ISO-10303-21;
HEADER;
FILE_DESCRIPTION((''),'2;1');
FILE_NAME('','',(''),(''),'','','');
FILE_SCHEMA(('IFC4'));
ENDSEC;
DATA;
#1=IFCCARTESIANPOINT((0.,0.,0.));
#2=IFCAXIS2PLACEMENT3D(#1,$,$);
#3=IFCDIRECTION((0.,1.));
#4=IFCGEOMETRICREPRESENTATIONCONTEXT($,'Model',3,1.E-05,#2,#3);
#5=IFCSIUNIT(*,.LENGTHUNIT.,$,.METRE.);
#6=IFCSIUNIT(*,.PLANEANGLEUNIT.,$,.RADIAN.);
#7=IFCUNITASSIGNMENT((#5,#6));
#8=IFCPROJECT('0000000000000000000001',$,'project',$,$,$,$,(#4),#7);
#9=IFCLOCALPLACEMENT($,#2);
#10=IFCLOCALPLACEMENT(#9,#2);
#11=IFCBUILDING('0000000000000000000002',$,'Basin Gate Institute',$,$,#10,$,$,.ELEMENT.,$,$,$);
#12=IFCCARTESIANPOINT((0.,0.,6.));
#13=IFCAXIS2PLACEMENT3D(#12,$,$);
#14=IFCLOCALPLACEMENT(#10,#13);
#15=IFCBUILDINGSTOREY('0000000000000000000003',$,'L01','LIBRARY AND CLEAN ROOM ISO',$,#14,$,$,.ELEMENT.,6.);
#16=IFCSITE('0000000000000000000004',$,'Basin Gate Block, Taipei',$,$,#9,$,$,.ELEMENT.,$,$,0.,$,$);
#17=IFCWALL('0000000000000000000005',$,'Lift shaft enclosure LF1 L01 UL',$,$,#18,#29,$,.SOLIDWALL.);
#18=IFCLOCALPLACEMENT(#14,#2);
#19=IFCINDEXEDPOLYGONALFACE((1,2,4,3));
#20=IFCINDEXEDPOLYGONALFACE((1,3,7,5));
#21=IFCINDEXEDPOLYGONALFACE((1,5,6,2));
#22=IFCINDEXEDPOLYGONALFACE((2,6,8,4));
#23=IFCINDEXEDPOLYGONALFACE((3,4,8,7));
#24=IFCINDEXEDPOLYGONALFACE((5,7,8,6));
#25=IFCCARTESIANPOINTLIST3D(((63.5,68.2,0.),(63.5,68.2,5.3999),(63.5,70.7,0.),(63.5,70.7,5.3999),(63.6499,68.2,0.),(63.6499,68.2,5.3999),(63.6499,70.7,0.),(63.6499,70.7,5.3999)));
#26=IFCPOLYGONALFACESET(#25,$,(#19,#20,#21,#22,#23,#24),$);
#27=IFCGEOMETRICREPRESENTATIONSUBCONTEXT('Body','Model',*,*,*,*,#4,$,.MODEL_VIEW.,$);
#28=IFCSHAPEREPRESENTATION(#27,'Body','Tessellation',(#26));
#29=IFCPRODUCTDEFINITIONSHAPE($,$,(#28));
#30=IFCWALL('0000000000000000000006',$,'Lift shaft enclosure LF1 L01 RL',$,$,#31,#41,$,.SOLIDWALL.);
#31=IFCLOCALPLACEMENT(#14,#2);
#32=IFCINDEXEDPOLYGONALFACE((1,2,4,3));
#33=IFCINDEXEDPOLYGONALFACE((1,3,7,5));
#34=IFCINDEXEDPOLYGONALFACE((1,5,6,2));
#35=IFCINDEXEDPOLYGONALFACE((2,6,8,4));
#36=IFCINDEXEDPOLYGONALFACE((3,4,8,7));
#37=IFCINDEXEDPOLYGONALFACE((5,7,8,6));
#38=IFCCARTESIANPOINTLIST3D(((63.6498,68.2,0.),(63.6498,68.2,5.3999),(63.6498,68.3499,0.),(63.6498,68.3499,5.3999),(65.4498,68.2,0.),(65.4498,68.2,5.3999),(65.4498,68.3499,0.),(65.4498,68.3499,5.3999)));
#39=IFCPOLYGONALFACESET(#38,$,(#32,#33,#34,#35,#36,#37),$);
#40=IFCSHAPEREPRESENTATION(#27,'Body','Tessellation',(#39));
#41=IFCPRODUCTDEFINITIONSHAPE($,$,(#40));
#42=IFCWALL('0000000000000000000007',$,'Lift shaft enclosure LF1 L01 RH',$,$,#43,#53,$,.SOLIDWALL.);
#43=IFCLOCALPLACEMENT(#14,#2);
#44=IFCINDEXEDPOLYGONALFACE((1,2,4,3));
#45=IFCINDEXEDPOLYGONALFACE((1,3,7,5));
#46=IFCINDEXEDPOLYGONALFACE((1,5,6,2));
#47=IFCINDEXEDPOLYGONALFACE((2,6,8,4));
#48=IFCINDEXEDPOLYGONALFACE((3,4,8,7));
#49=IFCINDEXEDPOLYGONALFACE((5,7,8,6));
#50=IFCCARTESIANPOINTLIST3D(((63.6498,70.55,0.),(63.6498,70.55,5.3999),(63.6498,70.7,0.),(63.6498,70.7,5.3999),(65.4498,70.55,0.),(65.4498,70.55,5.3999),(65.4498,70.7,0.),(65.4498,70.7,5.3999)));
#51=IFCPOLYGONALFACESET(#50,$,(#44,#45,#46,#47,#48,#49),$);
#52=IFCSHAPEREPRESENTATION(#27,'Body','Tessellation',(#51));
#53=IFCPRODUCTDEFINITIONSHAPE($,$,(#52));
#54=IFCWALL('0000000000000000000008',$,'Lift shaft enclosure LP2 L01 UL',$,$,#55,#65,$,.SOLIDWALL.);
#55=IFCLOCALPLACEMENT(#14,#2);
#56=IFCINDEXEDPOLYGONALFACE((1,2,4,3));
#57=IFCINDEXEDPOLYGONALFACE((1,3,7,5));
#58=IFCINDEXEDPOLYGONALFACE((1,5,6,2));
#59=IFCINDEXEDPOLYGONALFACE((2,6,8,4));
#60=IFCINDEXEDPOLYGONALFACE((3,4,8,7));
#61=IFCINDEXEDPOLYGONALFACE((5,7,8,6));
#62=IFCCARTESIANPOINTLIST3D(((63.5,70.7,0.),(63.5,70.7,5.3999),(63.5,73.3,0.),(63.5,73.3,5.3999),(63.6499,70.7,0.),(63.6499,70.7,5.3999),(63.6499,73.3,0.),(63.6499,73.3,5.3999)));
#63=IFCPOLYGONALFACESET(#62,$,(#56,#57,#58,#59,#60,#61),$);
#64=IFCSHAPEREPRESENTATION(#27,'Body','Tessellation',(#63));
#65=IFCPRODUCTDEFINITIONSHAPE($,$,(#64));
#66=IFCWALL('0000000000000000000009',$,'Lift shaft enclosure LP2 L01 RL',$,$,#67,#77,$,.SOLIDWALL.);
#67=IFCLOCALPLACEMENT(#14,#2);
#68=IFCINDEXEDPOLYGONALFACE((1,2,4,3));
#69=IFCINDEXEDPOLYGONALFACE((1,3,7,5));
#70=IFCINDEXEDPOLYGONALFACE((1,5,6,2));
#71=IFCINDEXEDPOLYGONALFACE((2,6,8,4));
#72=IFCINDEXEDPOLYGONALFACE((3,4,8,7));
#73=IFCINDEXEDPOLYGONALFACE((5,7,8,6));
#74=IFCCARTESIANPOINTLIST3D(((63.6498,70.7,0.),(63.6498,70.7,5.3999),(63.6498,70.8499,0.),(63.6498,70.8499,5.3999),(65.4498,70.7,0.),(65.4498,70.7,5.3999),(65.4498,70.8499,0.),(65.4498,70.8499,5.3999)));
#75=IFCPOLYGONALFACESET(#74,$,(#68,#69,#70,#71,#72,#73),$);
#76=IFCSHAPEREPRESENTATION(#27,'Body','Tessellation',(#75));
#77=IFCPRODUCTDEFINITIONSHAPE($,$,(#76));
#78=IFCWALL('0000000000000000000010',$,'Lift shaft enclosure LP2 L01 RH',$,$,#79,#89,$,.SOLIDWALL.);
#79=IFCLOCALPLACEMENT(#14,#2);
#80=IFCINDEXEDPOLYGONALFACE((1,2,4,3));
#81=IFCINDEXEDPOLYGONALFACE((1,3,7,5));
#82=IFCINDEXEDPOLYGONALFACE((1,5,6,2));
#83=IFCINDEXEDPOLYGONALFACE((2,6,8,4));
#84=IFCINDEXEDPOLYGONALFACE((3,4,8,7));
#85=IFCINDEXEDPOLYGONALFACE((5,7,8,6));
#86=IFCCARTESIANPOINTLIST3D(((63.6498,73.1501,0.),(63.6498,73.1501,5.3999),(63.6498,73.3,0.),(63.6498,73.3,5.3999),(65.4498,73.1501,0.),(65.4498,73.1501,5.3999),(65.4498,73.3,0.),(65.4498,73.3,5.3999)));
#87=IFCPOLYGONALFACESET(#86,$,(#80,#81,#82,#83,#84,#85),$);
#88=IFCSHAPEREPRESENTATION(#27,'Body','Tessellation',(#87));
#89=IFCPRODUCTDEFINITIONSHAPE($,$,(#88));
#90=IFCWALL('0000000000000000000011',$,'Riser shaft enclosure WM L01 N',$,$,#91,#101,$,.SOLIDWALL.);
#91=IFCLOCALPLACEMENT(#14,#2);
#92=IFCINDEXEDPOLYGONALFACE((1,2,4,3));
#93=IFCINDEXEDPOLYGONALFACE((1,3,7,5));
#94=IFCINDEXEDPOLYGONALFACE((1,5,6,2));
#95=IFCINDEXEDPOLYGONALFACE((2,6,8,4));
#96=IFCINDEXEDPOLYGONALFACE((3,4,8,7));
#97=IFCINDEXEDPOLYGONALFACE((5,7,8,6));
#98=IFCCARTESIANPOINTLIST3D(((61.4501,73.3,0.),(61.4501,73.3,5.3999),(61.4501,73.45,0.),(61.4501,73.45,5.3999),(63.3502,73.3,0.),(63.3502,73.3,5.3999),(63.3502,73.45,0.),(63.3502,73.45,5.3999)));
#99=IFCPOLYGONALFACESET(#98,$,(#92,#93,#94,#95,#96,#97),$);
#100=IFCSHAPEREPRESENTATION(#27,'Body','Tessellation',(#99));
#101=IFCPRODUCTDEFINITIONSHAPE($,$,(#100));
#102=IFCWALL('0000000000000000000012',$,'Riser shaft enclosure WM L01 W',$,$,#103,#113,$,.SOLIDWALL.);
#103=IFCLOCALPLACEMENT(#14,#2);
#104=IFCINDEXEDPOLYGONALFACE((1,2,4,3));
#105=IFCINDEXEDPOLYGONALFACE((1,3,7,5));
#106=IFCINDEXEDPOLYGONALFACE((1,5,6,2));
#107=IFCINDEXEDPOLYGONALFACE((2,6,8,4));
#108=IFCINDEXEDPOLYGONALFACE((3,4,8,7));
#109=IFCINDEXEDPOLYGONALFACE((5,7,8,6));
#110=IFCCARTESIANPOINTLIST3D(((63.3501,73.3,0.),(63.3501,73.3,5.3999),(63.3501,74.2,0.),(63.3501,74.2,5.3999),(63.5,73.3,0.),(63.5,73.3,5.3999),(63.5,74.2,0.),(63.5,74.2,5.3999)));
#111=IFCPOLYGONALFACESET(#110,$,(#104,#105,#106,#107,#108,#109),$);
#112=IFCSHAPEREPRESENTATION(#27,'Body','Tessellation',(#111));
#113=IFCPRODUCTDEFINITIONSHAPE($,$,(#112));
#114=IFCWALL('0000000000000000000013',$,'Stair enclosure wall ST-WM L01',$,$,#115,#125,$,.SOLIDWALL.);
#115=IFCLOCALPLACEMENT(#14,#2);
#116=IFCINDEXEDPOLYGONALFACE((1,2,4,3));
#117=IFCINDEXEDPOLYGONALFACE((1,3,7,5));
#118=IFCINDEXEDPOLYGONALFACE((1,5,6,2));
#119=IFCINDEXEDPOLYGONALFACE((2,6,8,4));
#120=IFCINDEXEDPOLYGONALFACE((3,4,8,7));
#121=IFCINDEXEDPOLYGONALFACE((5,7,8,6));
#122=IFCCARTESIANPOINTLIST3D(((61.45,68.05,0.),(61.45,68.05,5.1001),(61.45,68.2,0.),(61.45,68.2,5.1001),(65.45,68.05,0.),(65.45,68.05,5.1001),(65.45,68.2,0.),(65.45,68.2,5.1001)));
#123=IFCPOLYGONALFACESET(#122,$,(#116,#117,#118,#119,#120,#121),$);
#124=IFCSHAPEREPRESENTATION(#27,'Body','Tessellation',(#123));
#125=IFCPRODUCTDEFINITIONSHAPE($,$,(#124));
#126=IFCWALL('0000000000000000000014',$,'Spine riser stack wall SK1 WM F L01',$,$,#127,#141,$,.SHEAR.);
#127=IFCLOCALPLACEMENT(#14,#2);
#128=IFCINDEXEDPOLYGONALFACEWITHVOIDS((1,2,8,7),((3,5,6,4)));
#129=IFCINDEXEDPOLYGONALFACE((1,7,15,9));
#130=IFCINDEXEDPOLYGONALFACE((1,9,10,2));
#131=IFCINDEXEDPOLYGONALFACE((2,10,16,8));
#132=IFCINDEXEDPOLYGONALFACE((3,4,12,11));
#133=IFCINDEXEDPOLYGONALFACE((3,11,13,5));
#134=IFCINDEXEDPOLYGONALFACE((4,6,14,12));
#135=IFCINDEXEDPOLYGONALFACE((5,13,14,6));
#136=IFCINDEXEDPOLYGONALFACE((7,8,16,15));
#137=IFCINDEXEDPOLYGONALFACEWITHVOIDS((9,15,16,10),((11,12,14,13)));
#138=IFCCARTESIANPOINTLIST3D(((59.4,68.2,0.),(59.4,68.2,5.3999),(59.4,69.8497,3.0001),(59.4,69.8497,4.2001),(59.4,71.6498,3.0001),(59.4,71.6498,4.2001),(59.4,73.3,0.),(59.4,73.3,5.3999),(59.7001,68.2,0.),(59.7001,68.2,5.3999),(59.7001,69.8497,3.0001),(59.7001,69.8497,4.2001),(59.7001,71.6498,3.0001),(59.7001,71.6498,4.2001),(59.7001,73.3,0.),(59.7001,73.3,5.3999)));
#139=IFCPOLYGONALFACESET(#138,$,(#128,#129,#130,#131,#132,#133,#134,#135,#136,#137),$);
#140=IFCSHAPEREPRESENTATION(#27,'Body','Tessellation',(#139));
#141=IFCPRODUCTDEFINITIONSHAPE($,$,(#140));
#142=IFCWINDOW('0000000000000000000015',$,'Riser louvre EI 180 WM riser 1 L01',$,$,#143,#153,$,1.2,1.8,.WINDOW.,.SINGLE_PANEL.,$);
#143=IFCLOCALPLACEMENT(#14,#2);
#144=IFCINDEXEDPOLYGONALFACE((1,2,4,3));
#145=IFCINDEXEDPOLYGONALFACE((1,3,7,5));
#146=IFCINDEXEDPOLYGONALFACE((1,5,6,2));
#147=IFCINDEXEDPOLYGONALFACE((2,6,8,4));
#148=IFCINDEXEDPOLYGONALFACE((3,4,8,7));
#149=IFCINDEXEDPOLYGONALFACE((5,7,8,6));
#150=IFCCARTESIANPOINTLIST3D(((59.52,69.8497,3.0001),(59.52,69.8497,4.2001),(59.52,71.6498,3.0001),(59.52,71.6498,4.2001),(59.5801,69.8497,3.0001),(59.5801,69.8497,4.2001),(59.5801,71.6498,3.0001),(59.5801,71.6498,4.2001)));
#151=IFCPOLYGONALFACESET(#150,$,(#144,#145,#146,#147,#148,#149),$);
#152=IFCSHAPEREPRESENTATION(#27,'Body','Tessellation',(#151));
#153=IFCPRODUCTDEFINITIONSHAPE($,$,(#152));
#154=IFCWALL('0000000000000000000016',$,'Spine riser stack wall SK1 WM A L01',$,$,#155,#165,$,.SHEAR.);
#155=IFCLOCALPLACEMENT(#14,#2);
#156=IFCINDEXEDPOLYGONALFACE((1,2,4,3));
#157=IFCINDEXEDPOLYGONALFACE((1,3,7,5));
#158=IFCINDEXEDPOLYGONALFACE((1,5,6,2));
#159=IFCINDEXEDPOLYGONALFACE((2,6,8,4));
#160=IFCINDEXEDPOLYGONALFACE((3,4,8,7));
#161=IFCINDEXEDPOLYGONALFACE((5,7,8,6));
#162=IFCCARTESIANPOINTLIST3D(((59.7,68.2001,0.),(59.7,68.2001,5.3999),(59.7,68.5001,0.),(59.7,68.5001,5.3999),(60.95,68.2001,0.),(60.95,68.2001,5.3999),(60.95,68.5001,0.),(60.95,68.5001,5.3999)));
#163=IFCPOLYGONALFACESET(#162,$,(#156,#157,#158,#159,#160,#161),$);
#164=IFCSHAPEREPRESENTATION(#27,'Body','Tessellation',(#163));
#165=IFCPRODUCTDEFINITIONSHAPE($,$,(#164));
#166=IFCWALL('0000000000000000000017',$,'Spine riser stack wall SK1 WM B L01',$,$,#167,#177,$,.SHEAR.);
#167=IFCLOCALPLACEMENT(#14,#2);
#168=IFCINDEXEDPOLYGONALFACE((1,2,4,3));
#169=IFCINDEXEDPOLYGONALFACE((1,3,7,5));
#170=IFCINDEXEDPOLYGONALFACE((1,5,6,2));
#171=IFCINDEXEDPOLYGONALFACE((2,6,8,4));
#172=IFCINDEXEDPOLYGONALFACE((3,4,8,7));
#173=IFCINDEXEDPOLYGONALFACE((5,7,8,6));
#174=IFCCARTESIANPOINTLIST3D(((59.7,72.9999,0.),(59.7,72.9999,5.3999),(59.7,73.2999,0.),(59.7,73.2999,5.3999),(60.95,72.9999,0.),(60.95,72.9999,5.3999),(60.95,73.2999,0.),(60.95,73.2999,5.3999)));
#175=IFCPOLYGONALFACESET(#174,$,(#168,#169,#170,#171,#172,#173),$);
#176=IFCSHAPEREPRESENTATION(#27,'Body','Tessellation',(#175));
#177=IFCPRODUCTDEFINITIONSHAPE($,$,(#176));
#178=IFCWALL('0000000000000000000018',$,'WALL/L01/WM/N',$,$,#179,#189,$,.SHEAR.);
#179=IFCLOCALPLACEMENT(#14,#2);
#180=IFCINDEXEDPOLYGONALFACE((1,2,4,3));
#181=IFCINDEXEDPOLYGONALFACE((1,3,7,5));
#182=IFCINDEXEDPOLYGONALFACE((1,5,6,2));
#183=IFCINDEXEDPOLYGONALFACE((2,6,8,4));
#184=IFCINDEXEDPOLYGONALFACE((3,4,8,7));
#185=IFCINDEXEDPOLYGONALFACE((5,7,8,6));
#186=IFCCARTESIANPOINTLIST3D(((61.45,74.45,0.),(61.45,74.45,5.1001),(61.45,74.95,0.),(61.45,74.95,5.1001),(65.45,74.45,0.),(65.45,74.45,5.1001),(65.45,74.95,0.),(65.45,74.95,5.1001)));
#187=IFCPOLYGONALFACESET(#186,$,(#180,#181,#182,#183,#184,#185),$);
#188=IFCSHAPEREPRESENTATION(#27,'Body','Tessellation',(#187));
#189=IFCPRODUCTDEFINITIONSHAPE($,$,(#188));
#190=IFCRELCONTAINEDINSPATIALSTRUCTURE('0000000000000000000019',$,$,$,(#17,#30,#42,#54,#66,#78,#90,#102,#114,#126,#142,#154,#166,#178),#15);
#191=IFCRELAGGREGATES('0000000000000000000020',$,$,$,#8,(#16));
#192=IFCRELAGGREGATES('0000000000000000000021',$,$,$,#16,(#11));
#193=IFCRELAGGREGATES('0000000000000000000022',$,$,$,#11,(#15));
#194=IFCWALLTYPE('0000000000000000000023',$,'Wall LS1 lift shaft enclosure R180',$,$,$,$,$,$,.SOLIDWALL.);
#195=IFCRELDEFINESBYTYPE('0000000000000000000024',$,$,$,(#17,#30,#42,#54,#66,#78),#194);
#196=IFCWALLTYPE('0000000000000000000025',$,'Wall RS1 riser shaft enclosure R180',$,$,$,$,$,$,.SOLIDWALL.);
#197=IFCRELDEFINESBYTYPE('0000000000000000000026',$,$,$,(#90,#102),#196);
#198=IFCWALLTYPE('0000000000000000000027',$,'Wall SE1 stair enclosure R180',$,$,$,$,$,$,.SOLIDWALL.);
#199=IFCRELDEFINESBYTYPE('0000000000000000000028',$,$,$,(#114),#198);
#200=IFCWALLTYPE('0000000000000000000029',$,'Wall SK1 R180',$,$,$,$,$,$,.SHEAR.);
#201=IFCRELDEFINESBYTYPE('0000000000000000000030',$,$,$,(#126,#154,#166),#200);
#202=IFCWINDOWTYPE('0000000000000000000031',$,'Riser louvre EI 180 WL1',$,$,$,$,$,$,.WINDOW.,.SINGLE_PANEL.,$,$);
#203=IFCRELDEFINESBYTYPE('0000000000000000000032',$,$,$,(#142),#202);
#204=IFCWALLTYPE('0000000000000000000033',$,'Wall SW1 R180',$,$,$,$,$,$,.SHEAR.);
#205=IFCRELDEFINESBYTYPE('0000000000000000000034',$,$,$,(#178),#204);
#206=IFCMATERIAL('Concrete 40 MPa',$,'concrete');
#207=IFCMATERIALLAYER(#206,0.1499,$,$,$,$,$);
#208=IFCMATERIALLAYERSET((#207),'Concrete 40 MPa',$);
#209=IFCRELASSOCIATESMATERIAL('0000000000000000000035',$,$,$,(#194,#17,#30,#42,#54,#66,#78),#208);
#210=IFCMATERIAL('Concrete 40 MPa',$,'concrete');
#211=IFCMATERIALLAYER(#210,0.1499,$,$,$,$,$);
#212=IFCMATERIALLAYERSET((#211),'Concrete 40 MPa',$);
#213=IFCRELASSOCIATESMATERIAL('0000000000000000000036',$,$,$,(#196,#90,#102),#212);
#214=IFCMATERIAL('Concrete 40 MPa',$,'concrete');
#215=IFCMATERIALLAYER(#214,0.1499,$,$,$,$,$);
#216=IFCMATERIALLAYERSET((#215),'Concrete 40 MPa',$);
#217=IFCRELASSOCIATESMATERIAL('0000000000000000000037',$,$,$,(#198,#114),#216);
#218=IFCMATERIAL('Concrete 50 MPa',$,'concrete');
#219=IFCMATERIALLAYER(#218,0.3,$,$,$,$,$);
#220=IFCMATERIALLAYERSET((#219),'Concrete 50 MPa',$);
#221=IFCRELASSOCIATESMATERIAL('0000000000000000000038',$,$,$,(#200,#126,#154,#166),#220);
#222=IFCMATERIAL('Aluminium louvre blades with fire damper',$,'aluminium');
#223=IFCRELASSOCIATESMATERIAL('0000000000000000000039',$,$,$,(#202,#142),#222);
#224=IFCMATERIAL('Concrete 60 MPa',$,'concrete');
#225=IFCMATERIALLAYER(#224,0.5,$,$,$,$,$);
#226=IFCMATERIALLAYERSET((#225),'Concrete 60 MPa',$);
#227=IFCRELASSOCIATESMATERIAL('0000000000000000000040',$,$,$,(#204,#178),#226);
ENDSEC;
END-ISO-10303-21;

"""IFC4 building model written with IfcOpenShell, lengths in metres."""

from ifc_helpers import new_model, si_unit, direction, frame, frame_2d, origin, place, context, subcontext, project, spatial, rectangle, extrude, material, layer, layer_set, type_object, element, fill, save


model = new_model("IFC4")

# Units and contexts
model_context = context("Model", 3, precision=1e-05, world=origin(), true_north=direction((0.0, 1.0)))
body_context = subcontext(model_context, "Body", "Model", "MODEL_VIEW")
ifc_project = project(units=[si_unit("LENGTHUNIT", "METRE"), si_unit("PLANEANGLEUNIT", "RADIAN")], contexts=[model_context])

# Site, building, storey
site_placement = place(None, origin())
site = spatial("IfcSite", under=ifc_project, at=site_placement, Name="Basin Gate Block, Taipei", CompositionType="ELEMENT", RefElevation=0.0)
building_placement = place(site_placement, origin())
building = spatial("IfcBuilding", under=site, at=building_placement, Name="Basin Gate Institute", CompositionType="ELEMENT")
storey_placement = place(building_placement, frame((0.0, 0.0, 6.0)))
storey = spatial("IfcBuildingStorey", under=building, at=storey_placement, Name="L01", Description="LIBRARY AND CLEAN ROOM ISO", CompositionType="ELEMENT", Elevation=6.0)

# Walls
ifc_material_1 = material(Name="Concrete 40 MPa", Category="concrete")
ifc_layer_1 = layer(ifc_material_1, 0.1499)
ifc_layer_set_1 = layer_set([ifc_layer_1], Name="Concrete 40 MPa")
wall_type_1 = type_object("IfcWallType", Name="Wall LS1 lift shaft enclosure R180", PredefinedType="SOLIDWALL", material=ifc_layer_set_1)
wall_1_placement = place(storey_placement, frame((63.575, 68.2, 0.0), z_axis=(0.0, 0.0, 1.0), x_axis=(0.0, 1.0, 0.0)))
element("IfcWall", 1, at=wall_1_placement, inside=storey, type_object=wall_type_1, material=ifc_layer_set_1, Name="Lift shaft enclosure LF1 L01 UL", PredefinedType="SOLIDWALL", context=body_context, shape_type="SweptSolid", body=[
    extrude(rectangle(XDim=2.5, YDim=0.1499, at=frame_2d((1.25, 0.0))), origin(), (0.0, 0.0, 1.0), 5.3999),
])
for number, where, z_axis, x_axis, name in (
    (2, (63.6499, 68.2749, 0.0), (0.0, 0.0, 1.0), (1.0, 0.0, 0.0), "Lift shaft enclosure LF1 L01 RL"),
    (3, (63.6499, 70.625, 0.0), (0.0, 0.0, 1.0), (1.0, 0.0, 0.0), "Lift shaft enclosure LF1 L01 RH"),
):
    element("IfcWall", number, at=place(storey_placement, frame(where, z_axis=z_axis, x_axis=x_axis)), inside=storey, type_object=wall_type_1, material=ifc_layer_set_1, Name=name, PredefinedType="SOLIDWALL", context=body_context, shape_type="SweptSolid", body=[
        extrude(rectangle(XDim=1.8, YDim=0.1499, at=frame_2d((0.8999, 0.0))), origin(), (0.0, 0.0, 1.0), 5.3999),
    ])
wall_2_placement = place(storey_placement, frame((63.575, 70.7, 0.0), z_axis=(0.0, 0.0, 1.0), x_axis=(0.0, 1.0, 0.0)))
element("IfcWall", 4, at=wall_2_placement, inside=storey, type_object=wall_type_1, material=ifc_layer_set_1, Name="Lift shaft enclosure LP2 L01 UL", PredefinedType="SOLIDWALL", context=body_context, shape_type="SweptSolid", body=[
    extrude(rectangle(XDim=2.6001, YDim=0.1499, at=frame_2d((1.3, 0.0))), origin(), (0.0, 0.0, 1.0), 5.3999),
])
for number, where, z_axis, x_axis, name in (
    (5, (63.6499, 70.7749, 0.0), (0.0, 0.0, 1.0), (1.0, 0.0, 0.0), "Lift shaft enclosure LP2 L01 RL"),
    (6, (63.6499, 73.2251, 0.0), (0.0, 0.0, 1.0), (1.0, 0.0, 0.0), "Lift shaft enclosure LP2 L01 RH"),
):
    element("IfcWall", number, at=place(storey_placement, frame(where, z_axis=z_axis, x_axis=x_axis)), inside=storey, type_object=wall_type_1, material=ifc_layer_set_1, Name=name, PredefinedType="SOLIDWALL", context=body_context, shape_type="SweptSolid", body=[
        extrude(rectangle(XDim=1.8, YDim=0.1499, at=frame_2d((0.8999, 0.0))), origin(), (0.0, 0.0, 1.0), 5.3999),
    ])
ifc_material_2 = material(Name="Concrete 40 MPa", Category="concrete")
ifc_layer_2 = layer(ifc_material_2, 0.1499)
ifc_layer_set_2 = layer_set([ifc_layer_2], Name="Concrete 40 MPa")
wall_type_2 = type_object("IfcWallType", Name="Wall RS1 riser shaft enclosure R180", PredefinedType="SOLIDWALL", material=ifc_layer_set_2)
wall_3_placement = place(storey_placement, frame((61.45, 73.375, 0.0), z_axis=(0.0, 0.0, 1.0), x_axis=(1.0, 0.0, 0.0)))
element("IfcWall", 7, at=wall_3_placement, inside=storey, type_object=wall_type_2, material=ifc_layer_set_2, Name="Riser shaft enclosure WM L01 N", PredefinedType="SOLIDWALL", context=body_context, shape_type="SweptSolid", body=[
    extrude(rectangle(XDim=1.9001, YDim=0.1499, at=frame_2d((0.9502, 0.0))), origin(), (0.0, 0.0, 1.0), 5.3999),
])
wall_4_placement = place(storey_placement, frame((63.425, 73.3, 0.0), z_axis=(0.0, 0.0, 1.0), x_axis=(0.0, 1.0, 0.0)))
element("IfcWall", 8, at=wall_4_placement, inside=storey, type_object=wall_type_2, material=ifc_layer_set_2, Name="Riser shaft enclosure WM L01 W", PredefinedType="SOLIDWALL", context=body_context, shape_type="SweptSolid", body=[
    extrude(rectangle(XDim=0.8999, YDim=0.1499, at=frame_2d((0.45, 0.0))), origin(), (0.0, 0.0, 1.0), 5.3999),
])
ifc_material_3 = material(Name="Concrete 40 MPa", Category="concrete")
ifc_layer_3 = layer(ifc_material_3, 0.1499)
ifc_layer_set_3 = layer_set([ifc_layer_3], Name="Concrete 40 MPa")
wall_type_3 = type_object("IfcWallType", Name="Wall SE1 stair enclosure R180", PredefinedType="SOLIDWALL", material=ifc_layer_set_3)
wall_5_placement = place(storey_placement, frame((61.45, 68.125, 0.0), z_axis=(0.0, 0.0, 1.0), x_axis=(1.0, 0.0, 0.0)))
element("IfcWall", 9, at=wall_5_placement, inside=storey, type_object=wall_type_3, material=ifc_layer_set_3, Name="Stair enclosure wall ST-WM L01", PredefinedType="SOLIDWALL", context=body_context, shape_type="SweptSolid", body=[
    extrude(rectangle(XDim=4.0, YDim=0.1499, at=frame_2d((2.0, 0.0))), origin(), (0.0, 0.0, 1.0), 5.1001),
])

# Wall, opening, window
ifc_material_4 = material(Name="Concrete 50 MPa", Category="concrete")
ifc_layer_4 = layer(ifc_material_4, 0.3)
ifc_layer_set_4 = layer_set([ifc_layer_4], Name="Concrete 50 MPa")
wall_type_4 = type_object("IfcWallType", Name="Wall SK1 R180", PredefinedType="SHEAR", material=ifc_layer_set_4)
wall_6_placement = place(storey_placement, frame((59.55, 68.2, 0.0), z_axis=(0.0, 0.0, 1.0), x_axis=(0.0, 1.0, 0.0)))
wall_6 = element("IfcWall", 10, at=wall_6_placement, inside=storey, type_object=wall_type_4, material=ifc_layer_set_4, Name="Spine riser stack wall SK1 WM F L01", PredefinedType="SHEAR", context=body_context, shape_type="SweptSolid", body=[
    extrude(rectangle(XDim=5.1001, YDim=0.3, at=frame_2d((2.55, 0.0))), origin(), (0.0, 0.0, 1.0), 5.3999),
])
opening_placement = place(wall_6_placement, frame((1.6499, 0.0, 3.0)))
opening = element("IfcOpeningElement", 11, at=opening_placement, cuts=wall_6, PredefinedType="OPENING", context=body_context, shape_type="SweptSolid", body=[
    extrude(rectangle(XDim=1.8, YDim=1.2, at=frame_2d((0.8999, 0.6001))), frame((0.0, 0.1602, 0.0), z_axis=(0.0, -1.0, 0.0), x_axis=(1.0, 0.0, 0.0)), (0.0, 0.0, 1.0), 0.3201),
])
ifc_material_5 = material(Name="Aluminium louvre blades with fire damper", Category="aluminium")
window_type = type_object("IfcWindowType", Name="Riser louvre EI 180 WL1", PartitioningType="SINGLE_PANEL", PredefinedType="WINDOW", material=ifc_material_5)
window_placement = place(opening_placement, origin())
window = element("IfcWindow", 12, at=window_placement, inside=storey, type_object=window_type, material=ifc_material_5, Name="Riser louvre EI 180 WM riser 1 L01", OverallHeight=1.2, OverallWidth=1.8, PartitioningType="SINGLE_PANEL", PredefinedType="WINDOW", context=body_context, shape_type="SweptSolid", body=[
    extrude(rectangle(XDim=1.8, YDim=1.2, at=frame_2d((0.8999, 0.6001))), frame((0.0, 0.03, 0.0), z_axis=(0.0, -1.0, 0.0), x_axis=(1.0, 0.0, 0.0)), (0.0, 0.0, 1.0), 0.0601),
])
fill(opening, window)

# Walls
for number, where, z_axis, x_axis, name in (
    (13, (60.95, 68.3501, 0.0), (0.0, 0.0, 1.0), (-1.0, 0.0, 0.0), "Spine riser stack wall SK1 WM A L01"),
    (14, (60.95, 73.1499, 0.0), (0.0, 0.0, 1.0), (-1.0, 0.0, 0.0), "Spine riser stack wall SK1 WM B L01"),
):
    element("IfcWall", number, at=place(storey_placement, frame(where, z_axis=z_axis, x_axis=x_axis)), inside=storey, type_object=wall_type_4, material=ifc_layer_set_4, Name=name, PredefinedType="SHEAR", context=body_context, shape_type="SweptSolid", body=[
        extrude(rectangle(XDim=1.25, YDim=0.3, at=frame_2d((0.625, 0.0))), origin(), (0.0, 0.0, 1.0), 5.3999),
    ])
ifc_material_6 = material(Name="Concrete 60 MPa", Category="concrete")
ifc_layer_5 = layer(ifc_material_6, 0.5)
ifc_layer_set_5 = layer_set([ifc_layer_5], Name="Concrete 60 MPa")
wall_type_5 = type_object("IfcWallType", Name="Wall SW1 R180", PredefinedType="SHEAR", material=ifc_layer_set_5)
wall_7_placement = place(storey_placement, frame((61.45, 74.7, 0.0), z_axis=(0.0, 0.0, 1.0), x_axis=(1.0, 0.0, 0.0)))
element("IfcWall", 15, at=wall_7_placement, inside=storey, type_object=wall_type_5, material=ifc_layer_set_5, Name="WALL/L01/WM/N", PredefinedType="SHEAR", context=body_context, shape_type="SweptSolid", body=[
    extrude(rectangle(XDim=4.0, YDim=0.5, at=frame_2d((2.0, 0.0))), origin(), (0.0, 0.0, 1.0), 5.1001),
])

save(model, "model.ifc")
